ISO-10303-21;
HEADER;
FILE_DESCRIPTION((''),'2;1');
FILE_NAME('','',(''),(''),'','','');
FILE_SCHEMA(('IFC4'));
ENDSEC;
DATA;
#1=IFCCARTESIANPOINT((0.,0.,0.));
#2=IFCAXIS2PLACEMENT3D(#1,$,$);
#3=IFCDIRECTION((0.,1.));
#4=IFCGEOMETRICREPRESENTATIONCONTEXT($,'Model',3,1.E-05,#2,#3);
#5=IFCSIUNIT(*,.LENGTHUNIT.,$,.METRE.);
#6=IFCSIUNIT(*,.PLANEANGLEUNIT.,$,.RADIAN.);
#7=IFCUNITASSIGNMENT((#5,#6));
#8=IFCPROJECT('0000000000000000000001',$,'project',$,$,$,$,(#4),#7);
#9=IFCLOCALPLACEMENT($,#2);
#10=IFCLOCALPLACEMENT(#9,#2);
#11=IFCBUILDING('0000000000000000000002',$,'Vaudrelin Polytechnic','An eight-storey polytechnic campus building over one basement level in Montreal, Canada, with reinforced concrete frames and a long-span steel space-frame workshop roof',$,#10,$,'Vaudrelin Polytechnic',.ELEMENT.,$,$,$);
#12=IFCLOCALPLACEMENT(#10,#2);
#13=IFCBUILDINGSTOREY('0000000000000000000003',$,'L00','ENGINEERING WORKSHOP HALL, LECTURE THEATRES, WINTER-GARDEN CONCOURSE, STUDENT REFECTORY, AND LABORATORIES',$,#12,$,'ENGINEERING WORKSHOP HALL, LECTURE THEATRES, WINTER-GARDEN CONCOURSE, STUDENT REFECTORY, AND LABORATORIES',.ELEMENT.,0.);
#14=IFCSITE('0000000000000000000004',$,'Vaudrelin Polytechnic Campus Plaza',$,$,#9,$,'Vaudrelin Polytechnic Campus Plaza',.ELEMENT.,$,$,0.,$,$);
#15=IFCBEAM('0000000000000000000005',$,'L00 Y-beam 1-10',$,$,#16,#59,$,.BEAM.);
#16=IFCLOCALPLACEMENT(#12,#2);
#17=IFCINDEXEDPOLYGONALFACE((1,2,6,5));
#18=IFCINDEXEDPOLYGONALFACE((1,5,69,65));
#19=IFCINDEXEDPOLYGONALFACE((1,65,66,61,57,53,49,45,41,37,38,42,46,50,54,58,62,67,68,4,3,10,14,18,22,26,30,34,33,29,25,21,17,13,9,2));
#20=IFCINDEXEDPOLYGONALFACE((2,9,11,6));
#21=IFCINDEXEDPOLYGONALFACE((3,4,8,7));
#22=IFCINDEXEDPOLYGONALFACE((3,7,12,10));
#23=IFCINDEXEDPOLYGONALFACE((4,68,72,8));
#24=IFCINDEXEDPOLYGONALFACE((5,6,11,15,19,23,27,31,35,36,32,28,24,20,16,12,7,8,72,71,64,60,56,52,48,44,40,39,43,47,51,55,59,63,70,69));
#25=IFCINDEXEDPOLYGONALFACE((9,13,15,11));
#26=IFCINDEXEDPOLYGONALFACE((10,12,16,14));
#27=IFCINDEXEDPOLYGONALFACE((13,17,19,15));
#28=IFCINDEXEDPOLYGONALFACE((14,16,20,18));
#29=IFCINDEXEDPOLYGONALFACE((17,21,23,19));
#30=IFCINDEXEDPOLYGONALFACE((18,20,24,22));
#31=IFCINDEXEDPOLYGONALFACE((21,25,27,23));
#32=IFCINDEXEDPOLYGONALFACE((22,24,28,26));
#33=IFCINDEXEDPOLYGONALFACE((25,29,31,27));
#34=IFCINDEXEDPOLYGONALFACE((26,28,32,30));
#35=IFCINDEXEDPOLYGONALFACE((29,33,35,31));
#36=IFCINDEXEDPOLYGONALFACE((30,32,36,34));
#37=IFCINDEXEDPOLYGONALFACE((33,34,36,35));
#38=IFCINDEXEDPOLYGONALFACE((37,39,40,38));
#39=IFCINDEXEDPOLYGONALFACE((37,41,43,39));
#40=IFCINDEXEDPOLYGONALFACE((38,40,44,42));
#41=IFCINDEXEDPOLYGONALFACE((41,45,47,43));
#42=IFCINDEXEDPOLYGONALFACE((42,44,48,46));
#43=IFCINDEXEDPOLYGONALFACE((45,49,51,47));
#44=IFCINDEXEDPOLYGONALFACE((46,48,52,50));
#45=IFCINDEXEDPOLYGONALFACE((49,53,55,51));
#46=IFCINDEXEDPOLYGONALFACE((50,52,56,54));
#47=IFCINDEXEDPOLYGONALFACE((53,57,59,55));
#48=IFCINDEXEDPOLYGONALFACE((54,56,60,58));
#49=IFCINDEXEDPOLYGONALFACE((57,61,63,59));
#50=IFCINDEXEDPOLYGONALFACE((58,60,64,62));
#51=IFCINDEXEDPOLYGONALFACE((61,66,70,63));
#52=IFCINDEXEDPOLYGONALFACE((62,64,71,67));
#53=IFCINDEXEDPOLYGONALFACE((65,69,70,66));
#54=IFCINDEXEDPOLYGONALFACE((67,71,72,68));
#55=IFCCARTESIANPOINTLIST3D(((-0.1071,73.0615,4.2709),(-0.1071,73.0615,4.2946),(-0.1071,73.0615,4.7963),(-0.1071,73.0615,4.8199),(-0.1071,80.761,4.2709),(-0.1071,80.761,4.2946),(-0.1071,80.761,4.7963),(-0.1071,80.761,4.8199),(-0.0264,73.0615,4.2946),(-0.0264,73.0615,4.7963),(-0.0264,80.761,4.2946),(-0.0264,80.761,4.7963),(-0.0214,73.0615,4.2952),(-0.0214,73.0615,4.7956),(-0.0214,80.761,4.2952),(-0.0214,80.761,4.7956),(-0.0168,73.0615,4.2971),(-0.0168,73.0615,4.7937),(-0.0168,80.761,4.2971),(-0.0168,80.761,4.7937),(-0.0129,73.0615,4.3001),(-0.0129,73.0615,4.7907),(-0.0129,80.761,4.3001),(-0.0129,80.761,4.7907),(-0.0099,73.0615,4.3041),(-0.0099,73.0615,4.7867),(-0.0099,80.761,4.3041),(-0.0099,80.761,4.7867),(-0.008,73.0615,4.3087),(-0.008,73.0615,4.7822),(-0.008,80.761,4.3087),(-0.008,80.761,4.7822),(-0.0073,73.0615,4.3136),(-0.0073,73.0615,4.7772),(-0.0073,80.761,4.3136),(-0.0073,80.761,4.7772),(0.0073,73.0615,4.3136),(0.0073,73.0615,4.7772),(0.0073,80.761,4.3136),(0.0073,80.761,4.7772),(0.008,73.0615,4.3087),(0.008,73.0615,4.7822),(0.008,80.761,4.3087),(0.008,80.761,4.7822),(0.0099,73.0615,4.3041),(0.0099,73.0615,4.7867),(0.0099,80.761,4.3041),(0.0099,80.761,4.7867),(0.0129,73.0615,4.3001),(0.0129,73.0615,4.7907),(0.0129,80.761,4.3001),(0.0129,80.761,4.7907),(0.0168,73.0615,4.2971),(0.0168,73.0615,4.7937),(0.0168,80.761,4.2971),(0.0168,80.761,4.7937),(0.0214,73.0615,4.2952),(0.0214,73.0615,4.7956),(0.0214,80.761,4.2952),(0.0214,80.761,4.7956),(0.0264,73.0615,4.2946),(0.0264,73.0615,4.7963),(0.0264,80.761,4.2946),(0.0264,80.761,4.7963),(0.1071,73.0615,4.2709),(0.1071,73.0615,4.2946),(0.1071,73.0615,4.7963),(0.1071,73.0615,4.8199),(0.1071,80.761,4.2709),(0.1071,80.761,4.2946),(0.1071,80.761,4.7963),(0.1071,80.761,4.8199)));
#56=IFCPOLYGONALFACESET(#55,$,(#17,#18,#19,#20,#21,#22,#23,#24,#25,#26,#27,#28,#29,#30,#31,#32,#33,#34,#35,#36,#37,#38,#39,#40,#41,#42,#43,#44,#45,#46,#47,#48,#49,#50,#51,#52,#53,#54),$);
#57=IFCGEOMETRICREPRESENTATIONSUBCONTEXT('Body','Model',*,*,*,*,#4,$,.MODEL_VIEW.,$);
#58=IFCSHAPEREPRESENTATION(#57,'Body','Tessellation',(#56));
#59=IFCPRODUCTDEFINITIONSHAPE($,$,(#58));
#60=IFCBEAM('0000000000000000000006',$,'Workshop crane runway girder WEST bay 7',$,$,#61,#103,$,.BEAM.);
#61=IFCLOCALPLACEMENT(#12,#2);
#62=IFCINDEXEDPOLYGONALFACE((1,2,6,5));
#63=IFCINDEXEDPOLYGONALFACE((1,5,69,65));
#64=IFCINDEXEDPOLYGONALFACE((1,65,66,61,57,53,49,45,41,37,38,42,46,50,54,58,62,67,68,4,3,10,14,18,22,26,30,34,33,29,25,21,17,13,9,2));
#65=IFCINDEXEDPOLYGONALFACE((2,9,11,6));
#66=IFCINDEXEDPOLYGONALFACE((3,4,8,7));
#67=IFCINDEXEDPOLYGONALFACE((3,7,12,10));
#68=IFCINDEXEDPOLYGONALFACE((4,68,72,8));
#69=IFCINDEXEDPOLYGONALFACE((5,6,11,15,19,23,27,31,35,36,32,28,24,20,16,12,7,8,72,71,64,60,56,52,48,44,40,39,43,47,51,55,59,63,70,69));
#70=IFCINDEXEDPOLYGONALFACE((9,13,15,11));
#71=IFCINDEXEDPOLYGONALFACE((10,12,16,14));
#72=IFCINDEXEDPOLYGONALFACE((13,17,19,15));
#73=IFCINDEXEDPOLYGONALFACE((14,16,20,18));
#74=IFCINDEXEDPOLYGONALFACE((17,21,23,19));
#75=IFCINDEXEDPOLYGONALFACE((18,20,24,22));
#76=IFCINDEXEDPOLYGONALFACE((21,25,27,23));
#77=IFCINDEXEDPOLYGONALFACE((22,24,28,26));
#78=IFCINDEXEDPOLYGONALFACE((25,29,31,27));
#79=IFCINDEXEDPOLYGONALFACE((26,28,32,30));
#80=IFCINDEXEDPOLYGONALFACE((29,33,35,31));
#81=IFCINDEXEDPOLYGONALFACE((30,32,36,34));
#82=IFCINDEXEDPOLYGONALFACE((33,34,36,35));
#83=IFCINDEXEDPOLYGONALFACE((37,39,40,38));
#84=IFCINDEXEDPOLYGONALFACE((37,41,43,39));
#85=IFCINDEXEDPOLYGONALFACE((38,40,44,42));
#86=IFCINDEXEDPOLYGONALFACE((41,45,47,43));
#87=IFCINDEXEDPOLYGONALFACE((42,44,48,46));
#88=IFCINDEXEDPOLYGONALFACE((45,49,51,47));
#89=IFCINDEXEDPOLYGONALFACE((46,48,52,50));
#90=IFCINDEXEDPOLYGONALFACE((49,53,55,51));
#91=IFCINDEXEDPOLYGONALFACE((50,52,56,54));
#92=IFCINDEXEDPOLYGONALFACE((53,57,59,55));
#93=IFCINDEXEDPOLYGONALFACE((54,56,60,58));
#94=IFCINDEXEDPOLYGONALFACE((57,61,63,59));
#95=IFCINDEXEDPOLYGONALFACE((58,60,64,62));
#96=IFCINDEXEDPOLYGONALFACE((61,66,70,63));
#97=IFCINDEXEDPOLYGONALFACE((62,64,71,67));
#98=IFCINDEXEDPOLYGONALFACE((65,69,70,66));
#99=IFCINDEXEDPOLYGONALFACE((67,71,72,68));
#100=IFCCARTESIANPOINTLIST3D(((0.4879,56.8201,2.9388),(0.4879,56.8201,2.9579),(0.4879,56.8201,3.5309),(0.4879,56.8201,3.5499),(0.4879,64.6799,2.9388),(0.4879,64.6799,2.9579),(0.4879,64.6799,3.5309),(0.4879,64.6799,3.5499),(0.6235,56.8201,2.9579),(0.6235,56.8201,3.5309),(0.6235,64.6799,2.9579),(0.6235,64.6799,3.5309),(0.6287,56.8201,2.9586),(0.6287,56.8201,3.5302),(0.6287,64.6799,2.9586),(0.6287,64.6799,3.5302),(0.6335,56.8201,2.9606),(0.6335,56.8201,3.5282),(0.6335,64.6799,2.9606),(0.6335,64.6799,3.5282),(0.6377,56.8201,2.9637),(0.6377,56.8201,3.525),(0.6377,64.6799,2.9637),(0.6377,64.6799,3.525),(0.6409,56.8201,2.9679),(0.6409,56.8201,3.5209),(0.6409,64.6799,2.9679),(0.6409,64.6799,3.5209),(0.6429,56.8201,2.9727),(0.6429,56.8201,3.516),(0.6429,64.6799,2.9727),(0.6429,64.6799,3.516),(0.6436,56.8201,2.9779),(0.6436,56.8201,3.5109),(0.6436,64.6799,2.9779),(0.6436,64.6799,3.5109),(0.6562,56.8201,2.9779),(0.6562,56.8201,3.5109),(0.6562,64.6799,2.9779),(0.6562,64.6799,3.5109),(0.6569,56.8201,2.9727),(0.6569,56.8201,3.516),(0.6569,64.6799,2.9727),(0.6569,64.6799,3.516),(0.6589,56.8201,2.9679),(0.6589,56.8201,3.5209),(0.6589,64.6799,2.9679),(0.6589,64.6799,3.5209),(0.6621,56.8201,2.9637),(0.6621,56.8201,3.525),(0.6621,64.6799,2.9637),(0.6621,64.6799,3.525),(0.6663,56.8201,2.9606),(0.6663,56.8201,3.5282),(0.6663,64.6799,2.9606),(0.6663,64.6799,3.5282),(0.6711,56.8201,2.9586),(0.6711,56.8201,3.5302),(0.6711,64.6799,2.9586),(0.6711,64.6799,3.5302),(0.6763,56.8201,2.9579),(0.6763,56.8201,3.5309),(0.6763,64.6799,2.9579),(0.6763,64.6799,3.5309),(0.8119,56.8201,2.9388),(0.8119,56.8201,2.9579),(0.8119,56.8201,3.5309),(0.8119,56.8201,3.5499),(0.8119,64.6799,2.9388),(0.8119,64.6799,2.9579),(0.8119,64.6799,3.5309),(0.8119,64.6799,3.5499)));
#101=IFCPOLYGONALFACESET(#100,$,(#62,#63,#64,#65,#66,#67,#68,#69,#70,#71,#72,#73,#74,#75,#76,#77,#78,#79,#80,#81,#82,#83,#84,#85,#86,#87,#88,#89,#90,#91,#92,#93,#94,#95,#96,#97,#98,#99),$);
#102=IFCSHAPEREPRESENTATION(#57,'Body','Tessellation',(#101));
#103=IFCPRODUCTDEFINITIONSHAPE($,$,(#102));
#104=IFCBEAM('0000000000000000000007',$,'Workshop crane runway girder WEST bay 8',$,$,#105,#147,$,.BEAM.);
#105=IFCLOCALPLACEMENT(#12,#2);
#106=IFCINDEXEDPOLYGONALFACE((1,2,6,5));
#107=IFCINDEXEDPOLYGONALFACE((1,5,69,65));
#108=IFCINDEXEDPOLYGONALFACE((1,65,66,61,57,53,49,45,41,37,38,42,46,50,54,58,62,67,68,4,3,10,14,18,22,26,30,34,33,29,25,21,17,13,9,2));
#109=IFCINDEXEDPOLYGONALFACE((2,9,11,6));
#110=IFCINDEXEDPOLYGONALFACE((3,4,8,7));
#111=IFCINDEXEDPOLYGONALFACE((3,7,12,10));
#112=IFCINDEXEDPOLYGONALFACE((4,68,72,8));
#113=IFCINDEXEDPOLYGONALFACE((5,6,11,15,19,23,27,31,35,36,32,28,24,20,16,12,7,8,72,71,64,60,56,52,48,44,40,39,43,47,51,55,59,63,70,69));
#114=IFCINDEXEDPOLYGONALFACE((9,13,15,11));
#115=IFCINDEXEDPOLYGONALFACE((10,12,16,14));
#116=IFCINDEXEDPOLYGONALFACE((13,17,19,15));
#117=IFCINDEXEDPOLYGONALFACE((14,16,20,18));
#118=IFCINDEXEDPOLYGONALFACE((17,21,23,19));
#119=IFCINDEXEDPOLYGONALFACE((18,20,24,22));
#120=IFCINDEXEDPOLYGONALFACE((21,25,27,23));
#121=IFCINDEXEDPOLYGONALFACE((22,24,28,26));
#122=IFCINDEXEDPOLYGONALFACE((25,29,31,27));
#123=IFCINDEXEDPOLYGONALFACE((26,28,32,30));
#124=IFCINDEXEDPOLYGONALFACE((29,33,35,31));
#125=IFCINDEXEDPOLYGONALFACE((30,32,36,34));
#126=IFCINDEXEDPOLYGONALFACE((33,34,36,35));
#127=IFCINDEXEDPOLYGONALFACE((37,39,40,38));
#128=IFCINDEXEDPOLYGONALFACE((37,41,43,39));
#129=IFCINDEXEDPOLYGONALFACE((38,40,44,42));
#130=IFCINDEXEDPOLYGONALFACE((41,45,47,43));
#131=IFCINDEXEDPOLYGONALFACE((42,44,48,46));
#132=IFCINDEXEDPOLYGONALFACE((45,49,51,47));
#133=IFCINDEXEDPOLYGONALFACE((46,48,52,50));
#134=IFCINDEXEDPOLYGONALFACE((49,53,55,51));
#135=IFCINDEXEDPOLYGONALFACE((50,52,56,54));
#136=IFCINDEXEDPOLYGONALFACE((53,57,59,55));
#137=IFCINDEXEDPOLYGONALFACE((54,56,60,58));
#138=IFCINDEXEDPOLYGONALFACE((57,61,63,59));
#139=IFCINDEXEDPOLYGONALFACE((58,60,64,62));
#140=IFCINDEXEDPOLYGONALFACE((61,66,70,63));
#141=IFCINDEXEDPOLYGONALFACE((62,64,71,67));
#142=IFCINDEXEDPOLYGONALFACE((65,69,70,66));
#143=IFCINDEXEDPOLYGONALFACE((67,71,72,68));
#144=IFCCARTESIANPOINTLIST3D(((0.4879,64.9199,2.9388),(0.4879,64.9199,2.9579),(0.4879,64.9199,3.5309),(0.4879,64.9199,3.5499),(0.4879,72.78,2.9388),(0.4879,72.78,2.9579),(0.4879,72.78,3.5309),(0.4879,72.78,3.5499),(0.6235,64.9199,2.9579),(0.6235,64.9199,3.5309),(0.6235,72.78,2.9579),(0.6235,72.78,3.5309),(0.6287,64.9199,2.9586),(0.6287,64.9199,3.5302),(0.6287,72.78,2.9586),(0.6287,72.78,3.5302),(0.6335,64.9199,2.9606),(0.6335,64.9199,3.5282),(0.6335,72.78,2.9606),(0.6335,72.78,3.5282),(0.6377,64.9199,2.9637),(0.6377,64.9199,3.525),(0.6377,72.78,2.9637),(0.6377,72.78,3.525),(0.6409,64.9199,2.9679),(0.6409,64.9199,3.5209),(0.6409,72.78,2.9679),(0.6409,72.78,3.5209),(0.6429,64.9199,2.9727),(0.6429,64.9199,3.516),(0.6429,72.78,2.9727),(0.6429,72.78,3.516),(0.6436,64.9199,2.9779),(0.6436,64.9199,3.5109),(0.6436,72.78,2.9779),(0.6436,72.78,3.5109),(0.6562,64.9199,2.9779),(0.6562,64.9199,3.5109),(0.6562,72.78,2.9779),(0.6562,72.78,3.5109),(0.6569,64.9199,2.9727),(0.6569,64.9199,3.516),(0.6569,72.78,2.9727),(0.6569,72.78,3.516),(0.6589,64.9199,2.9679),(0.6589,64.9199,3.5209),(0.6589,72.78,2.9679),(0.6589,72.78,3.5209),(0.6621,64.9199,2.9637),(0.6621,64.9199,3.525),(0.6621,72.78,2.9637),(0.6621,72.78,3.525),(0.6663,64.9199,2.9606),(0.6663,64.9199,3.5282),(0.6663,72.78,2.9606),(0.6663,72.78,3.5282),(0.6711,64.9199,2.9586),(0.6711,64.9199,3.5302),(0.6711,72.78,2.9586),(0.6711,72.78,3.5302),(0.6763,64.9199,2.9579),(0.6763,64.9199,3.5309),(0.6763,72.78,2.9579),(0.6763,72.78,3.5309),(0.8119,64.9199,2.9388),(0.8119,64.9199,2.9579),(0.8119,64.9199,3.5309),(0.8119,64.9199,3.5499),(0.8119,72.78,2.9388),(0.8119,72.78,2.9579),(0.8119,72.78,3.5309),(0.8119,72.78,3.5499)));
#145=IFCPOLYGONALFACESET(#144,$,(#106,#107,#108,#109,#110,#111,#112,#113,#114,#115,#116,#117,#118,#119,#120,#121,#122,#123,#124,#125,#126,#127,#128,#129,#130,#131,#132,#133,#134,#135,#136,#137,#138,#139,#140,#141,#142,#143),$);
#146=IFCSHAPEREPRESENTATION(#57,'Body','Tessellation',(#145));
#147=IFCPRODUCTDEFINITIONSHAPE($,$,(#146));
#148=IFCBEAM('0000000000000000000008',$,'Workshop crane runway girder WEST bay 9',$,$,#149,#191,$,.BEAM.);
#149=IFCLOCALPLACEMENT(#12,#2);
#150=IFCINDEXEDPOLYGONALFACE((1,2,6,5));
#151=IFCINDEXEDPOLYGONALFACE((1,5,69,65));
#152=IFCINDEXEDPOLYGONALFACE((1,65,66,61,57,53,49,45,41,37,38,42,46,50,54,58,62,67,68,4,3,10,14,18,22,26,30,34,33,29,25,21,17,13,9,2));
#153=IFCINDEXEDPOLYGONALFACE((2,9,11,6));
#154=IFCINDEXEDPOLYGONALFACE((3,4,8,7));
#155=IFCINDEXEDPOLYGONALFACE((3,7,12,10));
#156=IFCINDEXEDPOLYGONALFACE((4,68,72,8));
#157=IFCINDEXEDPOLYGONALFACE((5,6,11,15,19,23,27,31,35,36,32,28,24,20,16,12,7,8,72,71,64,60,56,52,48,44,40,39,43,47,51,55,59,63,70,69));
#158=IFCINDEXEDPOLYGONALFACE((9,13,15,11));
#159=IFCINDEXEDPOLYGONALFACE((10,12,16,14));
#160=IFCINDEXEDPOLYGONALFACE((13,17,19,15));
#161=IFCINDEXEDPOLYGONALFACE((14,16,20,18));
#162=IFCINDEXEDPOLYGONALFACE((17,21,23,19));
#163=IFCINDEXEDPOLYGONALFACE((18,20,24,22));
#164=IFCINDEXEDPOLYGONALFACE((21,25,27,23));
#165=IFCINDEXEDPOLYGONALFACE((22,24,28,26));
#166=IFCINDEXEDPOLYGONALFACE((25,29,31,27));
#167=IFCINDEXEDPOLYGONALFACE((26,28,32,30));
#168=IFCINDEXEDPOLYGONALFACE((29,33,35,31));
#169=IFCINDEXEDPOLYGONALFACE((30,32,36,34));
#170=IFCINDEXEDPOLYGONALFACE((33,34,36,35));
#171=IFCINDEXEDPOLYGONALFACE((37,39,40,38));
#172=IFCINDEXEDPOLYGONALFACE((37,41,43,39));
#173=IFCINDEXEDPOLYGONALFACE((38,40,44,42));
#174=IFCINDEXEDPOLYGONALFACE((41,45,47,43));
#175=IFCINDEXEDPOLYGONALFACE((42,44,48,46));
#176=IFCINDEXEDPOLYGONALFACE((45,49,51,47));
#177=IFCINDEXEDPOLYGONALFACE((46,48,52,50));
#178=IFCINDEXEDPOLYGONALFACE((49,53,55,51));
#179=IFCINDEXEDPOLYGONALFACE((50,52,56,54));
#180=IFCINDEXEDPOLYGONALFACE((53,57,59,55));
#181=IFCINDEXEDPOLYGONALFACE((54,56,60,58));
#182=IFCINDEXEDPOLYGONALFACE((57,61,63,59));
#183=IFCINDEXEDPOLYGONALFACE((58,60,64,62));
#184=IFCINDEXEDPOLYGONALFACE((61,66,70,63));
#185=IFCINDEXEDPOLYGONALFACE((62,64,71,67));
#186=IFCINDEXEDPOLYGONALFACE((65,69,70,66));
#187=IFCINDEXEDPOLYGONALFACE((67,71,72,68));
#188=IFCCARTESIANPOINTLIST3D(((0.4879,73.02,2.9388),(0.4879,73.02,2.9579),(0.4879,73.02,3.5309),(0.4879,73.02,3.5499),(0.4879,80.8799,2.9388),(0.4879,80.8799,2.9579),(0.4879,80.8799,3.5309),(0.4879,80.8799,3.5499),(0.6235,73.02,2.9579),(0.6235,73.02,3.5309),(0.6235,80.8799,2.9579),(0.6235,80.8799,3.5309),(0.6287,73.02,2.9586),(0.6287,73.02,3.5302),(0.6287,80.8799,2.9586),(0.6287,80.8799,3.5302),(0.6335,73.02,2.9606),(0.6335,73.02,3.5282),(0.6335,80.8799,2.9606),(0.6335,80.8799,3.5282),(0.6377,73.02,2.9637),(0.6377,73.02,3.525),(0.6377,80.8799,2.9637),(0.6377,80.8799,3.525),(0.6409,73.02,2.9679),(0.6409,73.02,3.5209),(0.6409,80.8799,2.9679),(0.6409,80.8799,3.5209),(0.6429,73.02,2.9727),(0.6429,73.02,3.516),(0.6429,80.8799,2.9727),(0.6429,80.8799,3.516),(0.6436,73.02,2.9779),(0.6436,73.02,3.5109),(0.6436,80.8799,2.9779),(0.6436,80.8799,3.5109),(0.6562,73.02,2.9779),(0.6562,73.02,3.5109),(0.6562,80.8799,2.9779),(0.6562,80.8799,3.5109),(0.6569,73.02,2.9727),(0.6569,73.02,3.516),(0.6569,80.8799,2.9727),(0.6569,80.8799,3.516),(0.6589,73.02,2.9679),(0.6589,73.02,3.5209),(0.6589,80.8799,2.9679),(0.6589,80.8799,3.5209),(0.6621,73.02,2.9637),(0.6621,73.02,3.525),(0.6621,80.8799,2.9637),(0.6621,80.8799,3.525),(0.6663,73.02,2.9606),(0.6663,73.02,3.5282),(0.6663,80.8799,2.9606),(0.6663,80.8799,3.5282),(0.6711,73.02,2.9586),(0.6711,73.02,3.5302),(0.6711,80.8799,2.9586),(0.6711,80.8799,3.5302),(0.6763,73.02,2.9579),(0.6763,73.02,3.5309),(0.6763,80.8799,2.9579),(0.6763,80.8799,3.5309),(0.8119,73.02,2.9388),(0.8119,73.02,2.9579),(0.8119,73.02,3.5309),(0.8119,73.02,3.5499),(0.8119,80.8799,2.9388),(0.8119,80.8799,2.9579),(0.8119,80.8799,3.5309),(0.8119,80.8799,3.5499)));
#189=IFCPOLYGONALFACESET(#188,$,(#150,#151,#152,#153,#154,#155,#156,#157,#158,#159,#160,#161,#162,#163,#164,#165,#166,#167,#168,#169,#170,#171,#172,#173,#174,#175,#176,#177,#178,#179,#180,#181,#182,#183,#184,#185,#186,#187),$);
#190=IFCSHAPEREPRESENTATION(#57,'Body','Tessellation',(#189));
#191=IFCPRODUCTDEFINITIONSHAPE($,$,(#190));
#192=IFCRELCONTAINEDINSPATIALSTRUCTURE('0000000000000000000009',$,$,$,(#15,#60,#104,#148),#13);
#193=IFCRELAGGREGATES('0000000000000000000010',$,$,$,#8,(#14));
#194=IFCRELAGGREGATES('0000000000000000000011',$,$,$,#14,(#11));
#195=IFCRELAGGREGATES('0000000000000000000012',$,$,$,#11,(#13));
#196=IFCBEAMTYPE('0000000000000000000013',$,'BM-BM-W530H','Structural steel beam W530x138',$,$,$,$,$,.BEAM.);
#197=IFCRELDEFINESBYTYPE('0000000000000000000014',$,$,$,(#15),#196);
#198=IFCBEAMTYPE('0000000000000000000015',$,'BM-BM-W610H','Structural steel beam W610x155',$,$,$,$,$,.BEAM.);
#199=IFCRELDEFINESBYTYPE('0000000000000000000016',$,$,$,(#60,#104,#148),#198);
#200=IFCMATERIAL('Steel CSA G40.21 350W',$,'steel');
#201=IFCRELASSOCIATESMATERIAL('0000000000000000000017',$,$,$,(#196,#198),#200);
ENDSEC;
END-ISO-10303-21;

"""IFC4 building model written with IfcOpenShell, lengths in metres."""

from ifc_helpers import new_model, si_unit, direction, frame, origin, origin_2d, place, context, subcontext, project, spatial, i_section, extrude, material, material_profile, profile_set, type_object, element, save


model = new_model("IFC4")

# Units and contexts
model_context = context("Model", 3, precision=1e-05, world=origin(), true_north=direction((0.0, 1.0)))
body_context = subcontext(model_context, "Body", "Model", "MODEL_VIEW")
ifc_project = project(units=[si_unit("LENGTHUNIT", "METRE"), si_unit("PLANEANGLEUNIT", "RADIAN")], contexts=[model_context])

# Site, building, storey
site_placement = place(None, origin())
site = spatial("IfcSite", under=ifc_project, at=site_placement, Name="Vaudrelin Polytechnic Campus Plaza", LongName="Vaudrelin Polytechnic Campus Plaza", CompositionType="ELEMENT", RefElevation=0.0)
building_placement = place(site_placement, origin())
building = spatial("IfcBuilding", under=site, at=building_placement, Name="Vaudrelin Polytechnic", Description="An eight-storey polytechnic campus building over one basement level in Montreal, Canada, with reinforced concrete frames and a long-span steel space-frame workshop roof", LongName="Vaudrelin Polytechnic", CompositionType="ELEMENT")
storey_placement = place(building_placement, origin())
storey = spatial("IfcBuildingStorey", under=building, at=storey_placement, Name="L00", Description="ENGINEERING WORKSHOP HALL, LECTURE THEATRES, WINTER-GARDEN CONCOURSE, STUDENT REFECTORY, AND LABORATORIES", LongName="ENGINEERING WORKSHOP HALL, LECTURE THEATRES, WINTER-GARDEN CONCOURSE, STUDENT REFECTORY, AND LABORATORIES", CompositionType="ELEMENT", Elevation=0.0)

# Shared definitions
ifc_material_1 = material(Name="Steel CSA G40.21 350W", Category="steel")

# Beams
ifc_material_profile_1 = material_profile(ifc_material_1, i_section(OverallWidth=0.2141, OverallDepth=0.5491, WebThickness=0.0146, FlangeThickness=0.0237, FilletRadius=0.019, at=origin_2d()), Name="W530x138")
ifc_profile_set_1 = profile_set([ifc_material_profile_1], Name="Steel CSA G40.21 350W")
beam_type_1 = type_object("IfcBeamType", Name="BM-BM-W530H", Description="Structural steel beam W530x138", PredefinedType="BEAM", material=ifc_profile_set_1)
beam_1_placement = place(storey_placement, frame((0.0, 73.0615, 4.5454), z_axis=(0.0, 1.0, 0.0), x_axis=(-1.0, 0.0, 0.0)))
element("IfcBeam", 1, at=beam_1_placement, inside=storey, type_object=beam_type_1, Name="L00 Y-beam 1-10", PredefinedType="BEAM", context=body_context, shape_type="SweptSolid", body=[
    extrude(i_section(OverallWidth=0.2141, OverallDepth=0.5491, WebThickness=0.0146, FlangeThickness=0.0237, FilletRadius=0.019, at=origin_2d()), origin(), (0.0, 0.0, 1.0), 7.6995),
])
ifc_material_profile_2 = material_profile(ifc_material_1, i_section(OverallWidth=0.324, OverallDepth=0.6111, WebThickness=0.0127, FlangeThickness=0.019, FilletRadius=0.02, at=origin_2d()), Name="W610x155")
ifc_profile_set_2 = profile_set([ifc_material_profile_2], Name="Steel CSA G40.21 350W")
beam_type_2 = type_object("IfcBeamType", Name="BM-BM-W610H", Description="Structural steel beam W610x155", PredefinedType="BEAM", material=ifc_profile_set_2)
beam_2_placement = place(storey_placement, frame((0.6499, 56.8201, 3.2444), z_axis=(0.0, 1.0, 0.0), x_axis=(-1.0, 0.0, 0.0)))
element("IfcBeam", 2, at=beam_2_placement, inside=storey, type_object=beam_type_2, Name="Workshop crane runway girder WEST bay 7", PredefinedType="BEAM", context=body_context, shape_type="SweptSolid", body=[
    extrude(i_section(OverallWidth=0.324, OverallDepth=0.6111, WebThickness=0.0127, FlangeThickness=0.019, FilletRadius=0.02, at=origin_2d()), origin(), (0.0, 0.0, 1.0), 7.8599),
])
beam_3_placement = place(storey_placement, frame((0.6499, 64.9199, 3.2444), z_axis=(0.0, 1.0, 0.0), x_axis=(-1.0, 0.0, 0.0)))
element("IfcBeam", 3, at=beam_3_placement, inside=storey, type_object=beam_type_2, Name="Workshop crane runway girder WEST bay 8", PredefinedType="BEAM", context=body_context, shape_type="SweptSolid", body=[
    extrude(i_section(OverallWidth=0.324, OverallDepth=0.6111, WebThickness=0.0127, FlangeThickness=0.019, FilletRadius=0.02, at=origin_2d()), origin(), (0.0, 0.0, 1.0), 7.8601),
])
for number, where, z_axis, x_axis, name in (
    (4, (0.6499, 73.02, 3.2444), (0.0, 1.0, 0.0), (-1.0, 0.0, 0.0), "Workshop crane runway girder WEST bay 9"),
):
    element("IfcBeam", number, at=place(storey_placement, frame(where, z_axis=z_axis, x_axis=x_axis)), inside=storey, type_object=beam_type_2, Name=name, PredefinedType="BEAM", context=body_context, shape_type="SweptSolid", body=[
        extrude(i_section(OverallWidth=0.324, OverallDepth=0.6111, WebThickness=0.0127, FlangeThickness=0.019, FilletRadius=0.02, at=origin_2d()), origin(), (0.0, 0.0, 1.0), 7.8599),
    ])

save(model, "model.ifc")
